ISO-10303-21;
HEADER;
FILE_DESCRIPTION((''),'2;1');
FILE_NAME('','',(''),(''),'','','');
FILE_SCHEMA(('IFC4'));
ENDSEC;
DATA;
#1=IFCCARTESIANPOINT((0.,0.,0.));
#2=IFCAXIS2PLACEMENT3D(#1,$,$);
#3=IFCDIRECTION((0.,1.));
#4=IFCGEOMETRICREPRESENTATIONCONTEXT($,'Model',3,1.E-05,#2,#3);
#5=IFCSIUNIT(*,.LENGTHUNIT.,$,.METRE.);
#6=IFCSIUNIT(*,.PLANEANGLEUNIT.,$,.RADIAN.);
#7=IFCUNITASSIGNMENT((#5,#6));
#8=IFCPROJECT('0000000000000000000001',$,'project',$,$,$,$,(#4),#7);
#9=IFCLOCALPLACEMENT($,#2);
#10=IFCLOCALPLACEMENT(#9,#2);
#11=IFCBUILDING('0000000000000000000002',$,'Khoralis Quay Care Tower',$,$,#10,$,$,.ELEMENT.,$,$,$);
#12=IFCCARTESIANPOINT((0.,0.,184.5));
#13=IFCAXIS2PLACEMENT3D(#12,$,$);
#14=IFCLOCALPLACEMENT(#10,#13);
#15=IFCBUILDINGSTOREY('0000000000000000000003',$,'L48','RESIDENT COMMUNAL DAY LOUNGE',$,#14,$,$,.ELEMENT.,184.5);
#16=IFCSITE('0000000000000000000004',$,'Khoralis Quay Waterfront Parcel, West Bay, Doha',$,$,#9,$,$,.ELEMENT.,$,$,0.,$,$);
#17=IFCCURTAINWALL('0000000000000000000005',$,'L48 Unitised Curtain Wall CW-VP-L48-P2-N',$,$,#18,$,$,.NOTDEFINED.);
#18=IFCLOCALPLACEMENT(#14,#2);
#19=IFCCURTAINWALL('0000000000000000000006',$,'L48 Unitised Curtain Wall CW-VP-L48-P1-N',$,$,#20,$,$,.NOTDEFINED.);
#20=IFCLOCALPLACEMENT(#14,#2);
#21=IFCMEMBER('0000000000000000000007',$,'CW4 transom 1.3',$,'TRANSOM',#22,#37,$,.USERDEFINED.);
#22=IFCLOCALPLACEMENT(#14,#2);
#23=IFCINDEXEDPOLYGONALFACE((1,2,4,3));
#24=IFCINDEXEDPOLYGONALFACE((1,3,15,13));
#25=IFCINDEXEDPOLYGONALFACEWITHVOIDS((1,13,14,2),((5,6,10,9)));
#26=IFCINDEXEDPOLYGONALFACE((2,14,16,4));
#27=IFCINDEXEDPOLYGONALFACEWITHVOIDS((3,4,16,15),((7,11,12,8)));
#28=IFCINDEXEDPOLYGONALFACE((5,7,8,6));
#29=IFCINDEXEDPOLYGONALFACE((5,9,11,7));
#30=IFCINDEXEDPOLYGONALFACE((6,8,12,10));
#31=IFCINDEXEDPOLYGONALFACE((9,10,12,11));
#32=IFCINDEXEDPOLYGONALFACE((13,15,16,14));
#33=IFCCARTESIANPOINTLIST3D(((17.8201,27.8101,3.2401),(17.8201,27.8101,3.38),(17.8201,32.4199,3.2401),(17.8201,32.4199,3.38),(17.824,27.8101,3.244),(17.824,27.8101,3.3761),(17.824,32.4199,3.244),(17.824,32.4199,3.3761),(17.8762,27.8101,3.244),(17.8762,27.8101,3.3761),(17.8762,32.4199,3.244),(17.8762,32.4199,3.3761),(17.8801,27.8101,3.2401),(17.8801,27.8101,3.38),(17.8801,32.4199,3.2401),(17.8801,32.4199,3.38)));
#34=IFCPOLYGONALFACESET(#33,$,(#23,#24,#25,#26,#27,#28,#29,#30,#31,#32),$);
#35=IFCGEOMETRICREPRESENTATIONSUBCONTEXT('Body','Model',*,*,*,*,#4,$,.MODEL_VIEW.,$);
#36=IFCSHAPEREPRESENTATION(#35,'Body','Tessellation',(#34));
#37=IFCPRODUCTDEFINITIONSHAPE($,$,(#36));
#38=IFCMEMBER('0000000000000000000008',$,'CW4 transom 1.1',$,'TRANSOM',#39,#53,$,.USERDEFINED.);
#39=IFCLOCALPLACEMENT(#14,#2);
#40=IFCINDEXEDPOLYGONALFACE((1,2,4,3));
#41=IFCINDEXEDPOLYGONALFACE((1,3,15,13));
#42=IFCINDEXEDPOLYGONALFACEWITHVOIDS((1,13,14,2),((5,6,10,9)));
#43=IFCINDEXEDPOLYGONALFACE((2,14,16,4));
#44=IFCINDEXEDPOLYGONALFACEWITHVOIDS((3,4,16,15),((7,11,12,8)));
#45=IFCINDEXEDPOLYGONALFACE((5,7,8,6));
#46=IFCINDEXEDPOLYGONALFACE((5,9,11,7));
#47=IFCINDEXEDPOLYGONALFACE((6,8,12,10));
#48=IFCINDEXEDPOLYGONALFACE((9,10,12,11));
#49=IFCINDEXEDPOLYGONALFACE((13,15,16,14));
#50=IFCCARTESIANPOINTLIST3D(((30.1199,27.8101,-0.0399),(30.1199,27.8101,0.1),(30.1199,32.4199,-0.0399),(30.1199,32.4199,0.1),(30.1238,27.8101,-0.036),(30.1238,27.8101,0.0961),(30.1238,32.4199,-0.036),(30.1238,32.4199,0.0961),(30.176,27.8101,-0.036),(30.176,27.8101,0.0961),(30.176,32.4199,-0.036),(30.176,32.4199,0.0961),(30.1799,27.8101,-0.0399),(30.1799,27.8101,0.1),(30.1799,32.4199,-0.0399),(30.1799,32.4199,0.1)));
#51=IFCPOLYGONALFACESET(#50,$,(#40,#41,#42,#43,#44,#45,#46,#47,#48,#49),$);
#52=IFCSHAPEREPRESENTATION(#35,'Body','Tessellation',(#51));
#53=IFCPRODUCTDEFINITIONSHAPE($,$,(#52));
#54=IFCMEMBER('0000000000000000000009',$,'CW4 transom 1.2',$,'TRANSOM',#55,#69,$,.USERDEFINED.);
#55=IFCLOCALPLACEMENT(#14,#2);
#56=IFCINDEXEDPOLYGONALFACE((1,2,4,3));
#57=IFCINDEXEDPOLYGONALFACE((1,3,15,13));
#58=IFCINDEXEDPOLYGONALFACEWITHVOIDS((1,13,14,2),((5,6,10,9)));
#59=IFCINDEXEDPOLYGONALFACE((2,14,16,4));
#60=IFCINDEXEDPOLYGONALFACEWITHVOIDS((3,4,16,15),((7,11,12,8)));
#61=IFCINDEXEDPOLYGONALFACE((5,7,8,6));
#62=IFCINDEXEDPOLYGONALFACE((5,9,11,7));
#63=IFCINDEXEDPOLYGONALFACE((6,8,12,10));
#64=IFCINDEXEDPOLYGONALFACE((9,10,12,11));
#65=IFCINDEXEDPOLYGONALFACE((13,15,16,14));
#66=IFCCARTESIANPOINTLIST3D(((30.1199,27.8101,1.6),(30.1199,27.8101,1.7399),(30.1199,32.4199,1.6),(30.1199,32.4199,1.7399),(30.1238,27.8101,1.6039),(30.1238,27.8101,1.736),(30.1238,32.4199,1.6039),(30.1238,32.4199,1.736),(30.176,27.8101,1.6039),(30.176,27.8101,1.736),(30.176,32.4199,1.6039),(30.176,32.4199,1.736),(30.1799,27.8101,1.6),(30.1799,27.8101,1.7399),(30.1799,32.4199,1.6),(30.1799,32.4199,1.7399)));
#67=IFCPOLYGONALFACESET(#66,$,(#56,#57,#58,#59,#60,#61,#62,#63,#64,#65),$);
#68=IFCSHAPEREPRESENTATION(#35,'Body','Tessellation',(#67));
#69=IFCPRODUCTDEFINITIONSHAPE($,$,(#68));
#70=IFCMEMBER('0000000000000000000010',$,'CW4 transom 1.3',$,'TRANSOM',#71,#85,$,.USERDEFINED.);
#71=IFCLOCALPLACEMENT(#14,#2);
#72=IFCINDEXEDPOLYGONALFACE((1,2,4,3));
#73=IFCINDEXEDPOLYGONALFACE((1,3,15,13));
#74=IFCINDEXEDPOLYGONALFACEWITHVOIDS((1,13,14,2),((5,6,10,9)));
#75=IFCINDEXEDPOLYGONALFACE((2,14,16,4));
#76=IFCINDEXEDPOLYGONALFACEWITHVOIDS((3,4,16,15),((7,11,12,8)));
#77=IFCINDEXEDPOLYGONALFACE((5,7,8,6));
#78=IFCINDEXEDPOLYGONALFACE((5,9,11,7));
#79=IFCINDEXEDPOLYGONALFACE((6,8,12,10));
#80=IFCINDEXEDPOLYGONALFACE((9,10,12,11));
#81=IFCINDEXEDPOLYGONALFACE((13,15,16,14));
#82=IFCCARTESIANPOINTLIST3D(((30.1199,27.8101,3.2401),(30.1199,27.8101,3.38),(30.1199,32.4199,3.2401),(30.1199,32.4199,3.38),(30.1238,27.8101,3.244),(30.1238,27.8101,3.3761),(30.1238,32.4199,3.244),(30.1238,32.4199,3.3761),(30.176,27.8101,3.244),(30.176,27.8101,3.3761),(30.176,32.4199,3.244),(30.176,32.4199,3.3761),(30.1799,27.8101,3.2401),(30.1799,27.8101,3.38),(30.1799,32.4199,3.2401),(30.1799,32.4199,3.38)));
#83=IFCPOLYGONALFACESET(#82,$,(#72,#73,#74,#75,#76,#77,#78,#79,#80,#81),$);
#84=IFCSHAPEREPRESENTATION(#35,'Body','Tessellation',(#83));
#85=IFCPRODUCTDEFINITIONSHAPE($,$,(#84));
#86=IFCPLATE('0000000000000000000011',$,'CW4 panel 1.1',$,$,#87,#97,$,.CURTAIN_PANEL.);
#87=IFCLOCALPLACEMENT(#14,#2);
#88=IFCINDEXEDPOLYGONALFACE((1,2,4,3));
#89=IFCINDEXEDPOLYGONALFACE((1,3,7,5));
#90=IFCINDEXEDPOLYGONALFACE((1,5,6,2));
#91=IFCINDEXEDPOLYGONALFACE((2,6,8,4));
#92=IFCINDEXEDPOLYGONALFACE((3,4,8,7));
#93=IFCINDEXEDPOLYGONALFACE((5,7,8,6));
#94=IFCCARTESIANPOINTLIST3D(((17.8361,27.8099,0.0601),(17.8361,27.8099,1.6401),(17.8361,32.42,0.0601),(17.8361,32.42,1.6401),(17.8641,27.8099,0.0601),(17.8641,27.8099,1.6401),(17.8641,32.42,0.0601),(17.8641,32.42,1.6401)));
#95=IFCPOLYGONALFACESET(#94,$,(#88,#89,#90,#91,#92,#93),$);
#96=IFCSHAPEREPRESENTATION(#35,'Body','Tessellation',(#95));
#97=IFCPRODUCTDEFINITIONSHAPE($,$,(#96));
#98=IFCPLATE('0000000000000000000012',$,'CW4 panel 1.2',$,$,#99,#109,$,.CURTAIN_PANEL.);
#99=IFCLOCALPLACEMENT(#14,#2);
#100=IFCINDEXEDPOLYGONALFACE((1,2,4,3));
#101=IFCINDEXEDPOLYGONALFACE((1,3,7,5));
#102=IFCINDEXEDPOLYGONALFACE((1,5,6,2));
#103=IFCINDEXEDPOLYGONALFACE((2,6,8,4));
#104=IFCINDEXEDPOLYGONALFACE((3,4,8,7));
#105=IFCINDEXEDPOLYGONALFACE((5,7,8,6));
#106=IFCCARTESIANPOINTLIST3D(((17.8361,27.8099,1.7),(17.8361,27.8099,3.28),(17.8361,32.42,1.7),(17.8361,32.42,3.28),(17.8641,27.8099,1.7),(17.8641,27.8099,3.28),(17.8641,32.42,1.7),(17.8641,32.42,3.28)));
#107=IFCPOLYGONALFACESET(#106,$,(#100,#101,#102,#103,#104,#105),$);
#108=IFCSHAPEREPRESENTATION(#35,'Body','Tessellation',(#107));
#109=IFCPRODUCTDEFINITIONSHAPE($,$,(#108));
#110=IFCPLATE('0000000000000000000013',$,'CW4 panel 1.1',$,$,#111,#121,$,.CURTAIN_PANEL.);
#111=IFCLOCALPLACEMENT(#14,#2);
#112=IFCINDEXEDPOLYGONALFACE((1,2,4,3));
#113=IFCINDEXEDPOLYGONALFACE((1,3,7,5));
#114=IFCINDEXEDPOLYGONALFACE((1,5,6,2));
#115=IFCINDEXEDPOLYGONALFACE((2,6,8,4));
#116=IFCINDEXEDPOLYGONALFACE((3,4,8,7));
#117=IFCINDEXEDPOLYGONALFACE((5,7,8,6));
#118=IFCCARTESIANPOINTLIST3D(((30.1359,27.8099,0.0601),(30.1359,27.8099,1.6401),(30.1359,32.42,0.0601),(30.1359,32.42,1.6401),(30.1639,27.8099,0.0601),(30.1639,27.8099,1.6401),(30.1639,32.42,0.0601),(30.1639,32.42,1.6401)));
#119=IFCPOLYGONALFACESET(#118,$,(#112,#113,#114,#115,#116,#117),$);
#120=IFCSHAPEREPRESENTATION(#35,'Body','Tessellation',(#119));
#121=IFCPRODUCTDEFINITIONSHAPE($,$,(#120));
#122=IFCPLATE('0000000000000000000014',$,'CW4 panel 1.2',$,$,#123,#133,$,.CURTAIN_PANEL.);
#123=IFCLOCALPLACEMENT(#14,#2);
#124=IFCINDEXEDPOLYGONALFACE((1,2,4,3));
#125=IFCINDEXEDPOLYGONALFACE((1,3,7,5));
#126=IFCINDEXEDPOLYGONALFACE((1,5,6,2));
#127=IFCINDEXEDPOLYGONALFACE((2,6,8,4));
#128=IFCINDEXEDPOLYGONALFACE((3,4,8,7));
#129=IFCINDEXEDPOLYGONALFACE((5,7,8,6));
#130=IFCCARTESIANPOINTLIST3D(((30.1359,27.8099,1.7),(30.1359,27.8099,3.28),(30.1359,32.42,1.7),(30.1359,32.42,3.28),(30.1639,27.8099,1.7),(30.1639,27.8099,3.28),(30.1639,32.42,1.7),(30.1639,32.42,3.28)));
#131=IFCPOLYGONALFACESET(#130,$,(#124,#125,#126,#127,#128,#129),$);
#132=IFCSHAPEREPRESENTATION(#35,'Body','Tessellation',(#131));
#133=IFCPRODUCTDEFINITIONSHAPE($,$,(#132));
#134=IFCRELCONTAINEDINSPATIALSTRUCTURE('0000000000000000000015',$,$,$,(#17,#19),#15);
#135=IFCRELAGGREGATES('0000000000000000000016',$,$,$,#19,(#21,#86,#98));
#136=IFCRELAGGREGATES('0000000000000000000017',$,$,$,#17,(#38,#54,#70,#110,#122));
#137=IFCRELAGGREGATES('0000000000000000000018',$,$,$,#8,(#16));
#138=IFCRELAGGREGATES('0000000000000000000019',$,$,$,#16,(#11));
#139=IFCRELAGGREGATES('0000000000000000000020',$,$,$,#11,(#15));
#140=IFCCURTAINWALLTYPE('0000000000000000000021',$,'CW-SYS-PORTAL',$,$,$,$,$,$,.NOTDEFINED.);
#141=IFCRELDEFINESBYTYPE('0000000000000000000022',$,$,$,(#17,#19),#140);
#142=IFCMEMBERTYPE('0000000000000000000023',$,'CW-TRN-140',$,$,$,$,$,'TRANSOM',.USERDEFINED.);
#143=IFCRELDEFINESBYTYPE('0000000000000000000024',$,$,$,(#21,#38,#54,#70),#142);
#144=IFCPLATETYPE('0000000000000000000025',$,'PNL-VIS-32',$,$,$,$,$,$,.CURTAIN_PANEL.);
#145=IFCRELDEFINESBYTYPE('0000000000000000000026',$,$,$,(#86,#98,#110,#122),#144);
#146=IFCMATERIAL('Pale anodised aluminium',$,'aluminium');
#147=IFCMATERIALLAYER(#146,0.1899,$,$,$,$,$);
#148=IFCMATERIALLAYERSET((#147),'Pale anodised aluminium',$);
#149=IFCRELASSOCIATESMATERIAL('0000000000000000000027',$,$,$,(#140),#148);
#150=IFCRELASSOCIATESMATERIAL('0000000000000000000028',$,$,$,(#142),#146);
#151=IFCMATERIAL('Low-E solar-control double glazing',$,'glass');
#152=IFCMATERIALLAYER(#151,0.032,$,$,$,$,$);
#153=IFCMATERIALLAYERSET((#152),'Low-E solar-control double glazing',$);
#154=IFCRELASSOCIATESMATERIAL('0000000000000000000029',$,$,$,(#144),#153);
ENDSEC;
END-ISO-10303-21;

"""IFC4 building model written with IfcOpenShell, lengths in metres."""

from ifc_helpers import new_model, si_unit, direction, frame, origin, origin_2d, place, context, subcontext, project, spatial, rectangle, hollow_rectangle, extrude, source, transform, mapped, material, layer, layer_set, material_profile, profile_set, type_object, element, aggregate, save


model = new_model("IFC4")

# Units and contexts
model_context = context("Model", 3, precision=1e-05, world=origin(), true_north=direction((0.0, 1.0)))
body_context = subcontext(model_context, "Body", "Model", "MODEL_VIEW")
ifc_project = project(units=[si_unit("LENGTHUNIT", "METRE"), si_unit("PLANEANGLEUNIT", "RADIAN")], contexts=[model_context])

# Site, building, storey
site_placement = place(None, origin())
site = spatial("IfcSite", under=ifc_project, at=site_placement, Name="Khoralis Quay Waterfront Parcel, West Bay, Doha", CompositionType="ELEMENT", RefElevation=0.0)
building_placement = place(site_placement, origin())
building = spatial("IfcBuilding", under=site, at=building_placement, Name="Khoralis Quay Care Tower", CompositionType="ELEMENT")
storey_placement = place(building_placement, frame((0.0, 0.0, 184.5)))
storey = spatial("IfcBuildingStorey", under=building, at=storey_placement, Name="L48", Description="RESIDENT COMMUNAL DAY LOUNGE", CompositionType="ELEMENT", Elevation=184.5)

# Curtain walls
ifc_material_1 = material(Name="Pale anodised aluminium", Category="aluminium")
ifc_layer_1 = layer(ifc_material_1, 0.1899)
ifc_layer_set_1 = layer_set([ifc_layer_1], Name="Pale anodised aluminium")
curtain_wall_type = type_object("IfcCurtainWallType", Name="CW-SYS-PORTAL", PredefinedType="NOTDEFINED", material=ifc_layer_set_1)
curtain_wall_1_placement = place(storey_placement, origin())
curtain_wall_1 = element("IfcCurtainWall", 1, at=curtain_wall_1_placement, inside=storey, type_object=curtain_wall_type, Name="L48 Unitised Curtain Wall CW-VP-L48-P2-N", PredefinedType="NOTDEFINED")
curtain_wall_2_placement = place(storey_placement, origin())
curtain_wall_2 = element("IfcCurtainWall", 2, at=curtain_wall_2_placement, inside=storey, type_object=curtain_wall_type, Name="L48 Unitised Curtain Wall CW-VP-L48-P1-N", PredefinedType="NOTDEFINED")
ifc_material_profile_1 = material_profile(ifc_material_1, hollow_rectangle(XDim=0.0601, YDim=0.1399, WallThickness=0.0039, at=origin_2d()), Name="Pale anodised aluminium")
ifc_profile_set_1 = profile_set([ifc_material_profile_1], Name="Pale anodised aluminium")
member_type_1 = type_object("IfcMemberType", Name="CW-TRN-140", ElementType="TRANSOM", PredefinedType="USERDEFINED", material=ifc_profile_set_1)

# Members
shared_shape_1 = source(origin(), body_context, "Body", "SweptSolid", [
    extrude(hollow_rectangle(XDim=0.0601, YDim=0.1399, WallThickness=0.0039, at=origin_2d()), origin(), (0.0, 0.0, 1.0), 4.6099),
])
member_1_placement = place(storey_placement, frame((17.8501, 27.8101, 3.3101), z_axis=(0.0, 1.0, 0.0), x_axis=(-1.0, 0.0, 0.0)))
member_1 = element("IfcMember", 3, at=member_1_placement, type_object=member_type_1, Name="CW4 transom 1.3", ObjectType="TRANSOM", PredefinedType="USERDEFINED", context=body_context, shape_type="MappedRepresentation", body=[
    mapped(shared_shape_1, transform((0.0, 0.0, 0.0), scale=1.0)),
])
member_2_placement = place(storey_placement, frame((30.1499, 27.8101, 0.03), z_axis=(0.0, 1.0, 0.0), x_axis=(-1.0, 0.0, 0.0)))
member_2 = element("IfcMember", 4, at=member_2_placement, type_object=member_type_1, Name="CW4 transom 1.1", ObjectType="TRANSOM", PredefinedType="USERDEFINED", context=body_context, shape_type="MappedRepresentation", body=[
    mapped(shared_shape_1, transform((0.0, 0.0, 0.0), scale=1.0)),
])
member_3_placement = place(storey_placement, frame((30.1499, 27.8101, 1.6699), z_axis=(0.0, 1.0, 0.0), x_axis=(-1.0, 0.0, 0.0)))
member_3 = element("IfcMember", 5, at=member_3_placement, type_object=member_type_1, Name="CW4 transom 1.2", ObjectType="TRANSOM", PredefinedType="USERDEFINED", context=body_context, shape_type="MappedRepresentation", body=[
    mapped(shared_shape_1, transform((0.0, 0.0, 0.0), scale=1.0)),
])
member_4_placement = place(storey_placement, frame((30.1499, 27.8101, 3.3101), z_axis=(0.0, 1.0, 0.0), x_axis=(-1.0, 0.0, 0.0)))
member_4 = element("IfcMember", 6, at=member_4_placement, type_object=member_type_1, Name="CW4 transom 1.3", ObjectType="TRANSOM", PredefinedType="USERDEFINED", context=body_context, shape_type="MappedRepresentation", body=[
    mapped(shared_shape_1, transform((0.0, 0.0, 0.0), scale=1.0)),
])

# Plates
ifc_material_2 = material(Name="Low-E solar-control double glazing", Category="glass")
ifc_layer_2 = layer(ifc_material_2, 0.032)
ifc_layer_set_2 = layer_set([ifc_layer_2], Name="Low-E solar-control double glazing")
plate_type = type_object("IfcPlateType", Name="PNL-VIS-32", PredefinedType="CURTAIN_PANEL", material=ifc_layer_set_2)
shared_shape_2 = source(origin(), body_context, "Body", "SweptSolid", [
    extrude(rectangle(XDim=4.6101, YDim=0.0281, at=origin_2d()), origin(), (0.0, 0.0, 1.0), 1.5801),
])
plate_1_placement = place(storey_placement, frame((17.8501, 30.115, 0.0601), z_axis=(0.0, 0.0, 1.0), x_axis=(0.0, 1.0, 0.0)))
plate_1 = element("IfcPlate", 7, at=plate_1_placement, type_object=plate_type, Name="CW4 panel 1.1", PredefinedType="CURTAIN_PANEL", context=body_context, shape_type="MappedRepresentation", body=[
    mapped(shared_shape_2, transform((0.0, 0.0, 0.0), scale=1.0)),
])
plate_2_placement = place(storey_placement, frame((17.8501, 30.115, 1.7), z_axis=(0.0, 0.0, 1.0), x_axis=(0.0, 1.0, 0.0)))
plate_2 = element("IfcPlate", 8, at=plate_2_placement, type_object=plate_type, Name="CW4 panel 1.2", PredefinedType="CURTAIN_PANEL", context=body_context, shape_type="MappedRepresentation", body=[
    mapped(shared_shape_2, transform((0.0, 0.0, 0.0), scale=1.0)),
])
aggregate(curtain_wall_2, [member_1, plate_1, plate_2])
plate_3_placement = place(storey_placement, frame((30.1499, 30.115, 0.0601), z_axis=(0.0, 0.0, 1.0), x_axis=(0.0, 1.0, 0.0)))
plate_3 = element("IfcPlate", 9, at=plate_3_placement, type_object=plate_type, Name="CW4 panel 1.1", PredefinedType="CURTAIN_PANEL", context=body_context, shape_type="MappedRepresentation", body=[
    mapped(shared_shape_2, transform((0.0, 0.0, 0.0), scale=1.0)),
])
plate_4_placement = place(storey_placement, frame((30.1499, 30.115, 1.7), z_axis=(0.0, 0.0, 1.0), x_axis=(0.0, 1.0, 0.0)))
plate_4 = element("IfcPlate", 10, at=plate_4_placement, type_object=plate_type, Name="CW4 panel 1.2", PredefinedType="CURTAIN_PANEL", context=body_context, shape_type="MappedRepresentation", body=[
    mapped(shared_shape_2, transform((0.0, 0.0, 0.0), scale=1.0)),
])
aggregate(curtain_wall_1, [member_2, member_3, member_4, plate_3, plate_4])

save(model, "model.ifc")
